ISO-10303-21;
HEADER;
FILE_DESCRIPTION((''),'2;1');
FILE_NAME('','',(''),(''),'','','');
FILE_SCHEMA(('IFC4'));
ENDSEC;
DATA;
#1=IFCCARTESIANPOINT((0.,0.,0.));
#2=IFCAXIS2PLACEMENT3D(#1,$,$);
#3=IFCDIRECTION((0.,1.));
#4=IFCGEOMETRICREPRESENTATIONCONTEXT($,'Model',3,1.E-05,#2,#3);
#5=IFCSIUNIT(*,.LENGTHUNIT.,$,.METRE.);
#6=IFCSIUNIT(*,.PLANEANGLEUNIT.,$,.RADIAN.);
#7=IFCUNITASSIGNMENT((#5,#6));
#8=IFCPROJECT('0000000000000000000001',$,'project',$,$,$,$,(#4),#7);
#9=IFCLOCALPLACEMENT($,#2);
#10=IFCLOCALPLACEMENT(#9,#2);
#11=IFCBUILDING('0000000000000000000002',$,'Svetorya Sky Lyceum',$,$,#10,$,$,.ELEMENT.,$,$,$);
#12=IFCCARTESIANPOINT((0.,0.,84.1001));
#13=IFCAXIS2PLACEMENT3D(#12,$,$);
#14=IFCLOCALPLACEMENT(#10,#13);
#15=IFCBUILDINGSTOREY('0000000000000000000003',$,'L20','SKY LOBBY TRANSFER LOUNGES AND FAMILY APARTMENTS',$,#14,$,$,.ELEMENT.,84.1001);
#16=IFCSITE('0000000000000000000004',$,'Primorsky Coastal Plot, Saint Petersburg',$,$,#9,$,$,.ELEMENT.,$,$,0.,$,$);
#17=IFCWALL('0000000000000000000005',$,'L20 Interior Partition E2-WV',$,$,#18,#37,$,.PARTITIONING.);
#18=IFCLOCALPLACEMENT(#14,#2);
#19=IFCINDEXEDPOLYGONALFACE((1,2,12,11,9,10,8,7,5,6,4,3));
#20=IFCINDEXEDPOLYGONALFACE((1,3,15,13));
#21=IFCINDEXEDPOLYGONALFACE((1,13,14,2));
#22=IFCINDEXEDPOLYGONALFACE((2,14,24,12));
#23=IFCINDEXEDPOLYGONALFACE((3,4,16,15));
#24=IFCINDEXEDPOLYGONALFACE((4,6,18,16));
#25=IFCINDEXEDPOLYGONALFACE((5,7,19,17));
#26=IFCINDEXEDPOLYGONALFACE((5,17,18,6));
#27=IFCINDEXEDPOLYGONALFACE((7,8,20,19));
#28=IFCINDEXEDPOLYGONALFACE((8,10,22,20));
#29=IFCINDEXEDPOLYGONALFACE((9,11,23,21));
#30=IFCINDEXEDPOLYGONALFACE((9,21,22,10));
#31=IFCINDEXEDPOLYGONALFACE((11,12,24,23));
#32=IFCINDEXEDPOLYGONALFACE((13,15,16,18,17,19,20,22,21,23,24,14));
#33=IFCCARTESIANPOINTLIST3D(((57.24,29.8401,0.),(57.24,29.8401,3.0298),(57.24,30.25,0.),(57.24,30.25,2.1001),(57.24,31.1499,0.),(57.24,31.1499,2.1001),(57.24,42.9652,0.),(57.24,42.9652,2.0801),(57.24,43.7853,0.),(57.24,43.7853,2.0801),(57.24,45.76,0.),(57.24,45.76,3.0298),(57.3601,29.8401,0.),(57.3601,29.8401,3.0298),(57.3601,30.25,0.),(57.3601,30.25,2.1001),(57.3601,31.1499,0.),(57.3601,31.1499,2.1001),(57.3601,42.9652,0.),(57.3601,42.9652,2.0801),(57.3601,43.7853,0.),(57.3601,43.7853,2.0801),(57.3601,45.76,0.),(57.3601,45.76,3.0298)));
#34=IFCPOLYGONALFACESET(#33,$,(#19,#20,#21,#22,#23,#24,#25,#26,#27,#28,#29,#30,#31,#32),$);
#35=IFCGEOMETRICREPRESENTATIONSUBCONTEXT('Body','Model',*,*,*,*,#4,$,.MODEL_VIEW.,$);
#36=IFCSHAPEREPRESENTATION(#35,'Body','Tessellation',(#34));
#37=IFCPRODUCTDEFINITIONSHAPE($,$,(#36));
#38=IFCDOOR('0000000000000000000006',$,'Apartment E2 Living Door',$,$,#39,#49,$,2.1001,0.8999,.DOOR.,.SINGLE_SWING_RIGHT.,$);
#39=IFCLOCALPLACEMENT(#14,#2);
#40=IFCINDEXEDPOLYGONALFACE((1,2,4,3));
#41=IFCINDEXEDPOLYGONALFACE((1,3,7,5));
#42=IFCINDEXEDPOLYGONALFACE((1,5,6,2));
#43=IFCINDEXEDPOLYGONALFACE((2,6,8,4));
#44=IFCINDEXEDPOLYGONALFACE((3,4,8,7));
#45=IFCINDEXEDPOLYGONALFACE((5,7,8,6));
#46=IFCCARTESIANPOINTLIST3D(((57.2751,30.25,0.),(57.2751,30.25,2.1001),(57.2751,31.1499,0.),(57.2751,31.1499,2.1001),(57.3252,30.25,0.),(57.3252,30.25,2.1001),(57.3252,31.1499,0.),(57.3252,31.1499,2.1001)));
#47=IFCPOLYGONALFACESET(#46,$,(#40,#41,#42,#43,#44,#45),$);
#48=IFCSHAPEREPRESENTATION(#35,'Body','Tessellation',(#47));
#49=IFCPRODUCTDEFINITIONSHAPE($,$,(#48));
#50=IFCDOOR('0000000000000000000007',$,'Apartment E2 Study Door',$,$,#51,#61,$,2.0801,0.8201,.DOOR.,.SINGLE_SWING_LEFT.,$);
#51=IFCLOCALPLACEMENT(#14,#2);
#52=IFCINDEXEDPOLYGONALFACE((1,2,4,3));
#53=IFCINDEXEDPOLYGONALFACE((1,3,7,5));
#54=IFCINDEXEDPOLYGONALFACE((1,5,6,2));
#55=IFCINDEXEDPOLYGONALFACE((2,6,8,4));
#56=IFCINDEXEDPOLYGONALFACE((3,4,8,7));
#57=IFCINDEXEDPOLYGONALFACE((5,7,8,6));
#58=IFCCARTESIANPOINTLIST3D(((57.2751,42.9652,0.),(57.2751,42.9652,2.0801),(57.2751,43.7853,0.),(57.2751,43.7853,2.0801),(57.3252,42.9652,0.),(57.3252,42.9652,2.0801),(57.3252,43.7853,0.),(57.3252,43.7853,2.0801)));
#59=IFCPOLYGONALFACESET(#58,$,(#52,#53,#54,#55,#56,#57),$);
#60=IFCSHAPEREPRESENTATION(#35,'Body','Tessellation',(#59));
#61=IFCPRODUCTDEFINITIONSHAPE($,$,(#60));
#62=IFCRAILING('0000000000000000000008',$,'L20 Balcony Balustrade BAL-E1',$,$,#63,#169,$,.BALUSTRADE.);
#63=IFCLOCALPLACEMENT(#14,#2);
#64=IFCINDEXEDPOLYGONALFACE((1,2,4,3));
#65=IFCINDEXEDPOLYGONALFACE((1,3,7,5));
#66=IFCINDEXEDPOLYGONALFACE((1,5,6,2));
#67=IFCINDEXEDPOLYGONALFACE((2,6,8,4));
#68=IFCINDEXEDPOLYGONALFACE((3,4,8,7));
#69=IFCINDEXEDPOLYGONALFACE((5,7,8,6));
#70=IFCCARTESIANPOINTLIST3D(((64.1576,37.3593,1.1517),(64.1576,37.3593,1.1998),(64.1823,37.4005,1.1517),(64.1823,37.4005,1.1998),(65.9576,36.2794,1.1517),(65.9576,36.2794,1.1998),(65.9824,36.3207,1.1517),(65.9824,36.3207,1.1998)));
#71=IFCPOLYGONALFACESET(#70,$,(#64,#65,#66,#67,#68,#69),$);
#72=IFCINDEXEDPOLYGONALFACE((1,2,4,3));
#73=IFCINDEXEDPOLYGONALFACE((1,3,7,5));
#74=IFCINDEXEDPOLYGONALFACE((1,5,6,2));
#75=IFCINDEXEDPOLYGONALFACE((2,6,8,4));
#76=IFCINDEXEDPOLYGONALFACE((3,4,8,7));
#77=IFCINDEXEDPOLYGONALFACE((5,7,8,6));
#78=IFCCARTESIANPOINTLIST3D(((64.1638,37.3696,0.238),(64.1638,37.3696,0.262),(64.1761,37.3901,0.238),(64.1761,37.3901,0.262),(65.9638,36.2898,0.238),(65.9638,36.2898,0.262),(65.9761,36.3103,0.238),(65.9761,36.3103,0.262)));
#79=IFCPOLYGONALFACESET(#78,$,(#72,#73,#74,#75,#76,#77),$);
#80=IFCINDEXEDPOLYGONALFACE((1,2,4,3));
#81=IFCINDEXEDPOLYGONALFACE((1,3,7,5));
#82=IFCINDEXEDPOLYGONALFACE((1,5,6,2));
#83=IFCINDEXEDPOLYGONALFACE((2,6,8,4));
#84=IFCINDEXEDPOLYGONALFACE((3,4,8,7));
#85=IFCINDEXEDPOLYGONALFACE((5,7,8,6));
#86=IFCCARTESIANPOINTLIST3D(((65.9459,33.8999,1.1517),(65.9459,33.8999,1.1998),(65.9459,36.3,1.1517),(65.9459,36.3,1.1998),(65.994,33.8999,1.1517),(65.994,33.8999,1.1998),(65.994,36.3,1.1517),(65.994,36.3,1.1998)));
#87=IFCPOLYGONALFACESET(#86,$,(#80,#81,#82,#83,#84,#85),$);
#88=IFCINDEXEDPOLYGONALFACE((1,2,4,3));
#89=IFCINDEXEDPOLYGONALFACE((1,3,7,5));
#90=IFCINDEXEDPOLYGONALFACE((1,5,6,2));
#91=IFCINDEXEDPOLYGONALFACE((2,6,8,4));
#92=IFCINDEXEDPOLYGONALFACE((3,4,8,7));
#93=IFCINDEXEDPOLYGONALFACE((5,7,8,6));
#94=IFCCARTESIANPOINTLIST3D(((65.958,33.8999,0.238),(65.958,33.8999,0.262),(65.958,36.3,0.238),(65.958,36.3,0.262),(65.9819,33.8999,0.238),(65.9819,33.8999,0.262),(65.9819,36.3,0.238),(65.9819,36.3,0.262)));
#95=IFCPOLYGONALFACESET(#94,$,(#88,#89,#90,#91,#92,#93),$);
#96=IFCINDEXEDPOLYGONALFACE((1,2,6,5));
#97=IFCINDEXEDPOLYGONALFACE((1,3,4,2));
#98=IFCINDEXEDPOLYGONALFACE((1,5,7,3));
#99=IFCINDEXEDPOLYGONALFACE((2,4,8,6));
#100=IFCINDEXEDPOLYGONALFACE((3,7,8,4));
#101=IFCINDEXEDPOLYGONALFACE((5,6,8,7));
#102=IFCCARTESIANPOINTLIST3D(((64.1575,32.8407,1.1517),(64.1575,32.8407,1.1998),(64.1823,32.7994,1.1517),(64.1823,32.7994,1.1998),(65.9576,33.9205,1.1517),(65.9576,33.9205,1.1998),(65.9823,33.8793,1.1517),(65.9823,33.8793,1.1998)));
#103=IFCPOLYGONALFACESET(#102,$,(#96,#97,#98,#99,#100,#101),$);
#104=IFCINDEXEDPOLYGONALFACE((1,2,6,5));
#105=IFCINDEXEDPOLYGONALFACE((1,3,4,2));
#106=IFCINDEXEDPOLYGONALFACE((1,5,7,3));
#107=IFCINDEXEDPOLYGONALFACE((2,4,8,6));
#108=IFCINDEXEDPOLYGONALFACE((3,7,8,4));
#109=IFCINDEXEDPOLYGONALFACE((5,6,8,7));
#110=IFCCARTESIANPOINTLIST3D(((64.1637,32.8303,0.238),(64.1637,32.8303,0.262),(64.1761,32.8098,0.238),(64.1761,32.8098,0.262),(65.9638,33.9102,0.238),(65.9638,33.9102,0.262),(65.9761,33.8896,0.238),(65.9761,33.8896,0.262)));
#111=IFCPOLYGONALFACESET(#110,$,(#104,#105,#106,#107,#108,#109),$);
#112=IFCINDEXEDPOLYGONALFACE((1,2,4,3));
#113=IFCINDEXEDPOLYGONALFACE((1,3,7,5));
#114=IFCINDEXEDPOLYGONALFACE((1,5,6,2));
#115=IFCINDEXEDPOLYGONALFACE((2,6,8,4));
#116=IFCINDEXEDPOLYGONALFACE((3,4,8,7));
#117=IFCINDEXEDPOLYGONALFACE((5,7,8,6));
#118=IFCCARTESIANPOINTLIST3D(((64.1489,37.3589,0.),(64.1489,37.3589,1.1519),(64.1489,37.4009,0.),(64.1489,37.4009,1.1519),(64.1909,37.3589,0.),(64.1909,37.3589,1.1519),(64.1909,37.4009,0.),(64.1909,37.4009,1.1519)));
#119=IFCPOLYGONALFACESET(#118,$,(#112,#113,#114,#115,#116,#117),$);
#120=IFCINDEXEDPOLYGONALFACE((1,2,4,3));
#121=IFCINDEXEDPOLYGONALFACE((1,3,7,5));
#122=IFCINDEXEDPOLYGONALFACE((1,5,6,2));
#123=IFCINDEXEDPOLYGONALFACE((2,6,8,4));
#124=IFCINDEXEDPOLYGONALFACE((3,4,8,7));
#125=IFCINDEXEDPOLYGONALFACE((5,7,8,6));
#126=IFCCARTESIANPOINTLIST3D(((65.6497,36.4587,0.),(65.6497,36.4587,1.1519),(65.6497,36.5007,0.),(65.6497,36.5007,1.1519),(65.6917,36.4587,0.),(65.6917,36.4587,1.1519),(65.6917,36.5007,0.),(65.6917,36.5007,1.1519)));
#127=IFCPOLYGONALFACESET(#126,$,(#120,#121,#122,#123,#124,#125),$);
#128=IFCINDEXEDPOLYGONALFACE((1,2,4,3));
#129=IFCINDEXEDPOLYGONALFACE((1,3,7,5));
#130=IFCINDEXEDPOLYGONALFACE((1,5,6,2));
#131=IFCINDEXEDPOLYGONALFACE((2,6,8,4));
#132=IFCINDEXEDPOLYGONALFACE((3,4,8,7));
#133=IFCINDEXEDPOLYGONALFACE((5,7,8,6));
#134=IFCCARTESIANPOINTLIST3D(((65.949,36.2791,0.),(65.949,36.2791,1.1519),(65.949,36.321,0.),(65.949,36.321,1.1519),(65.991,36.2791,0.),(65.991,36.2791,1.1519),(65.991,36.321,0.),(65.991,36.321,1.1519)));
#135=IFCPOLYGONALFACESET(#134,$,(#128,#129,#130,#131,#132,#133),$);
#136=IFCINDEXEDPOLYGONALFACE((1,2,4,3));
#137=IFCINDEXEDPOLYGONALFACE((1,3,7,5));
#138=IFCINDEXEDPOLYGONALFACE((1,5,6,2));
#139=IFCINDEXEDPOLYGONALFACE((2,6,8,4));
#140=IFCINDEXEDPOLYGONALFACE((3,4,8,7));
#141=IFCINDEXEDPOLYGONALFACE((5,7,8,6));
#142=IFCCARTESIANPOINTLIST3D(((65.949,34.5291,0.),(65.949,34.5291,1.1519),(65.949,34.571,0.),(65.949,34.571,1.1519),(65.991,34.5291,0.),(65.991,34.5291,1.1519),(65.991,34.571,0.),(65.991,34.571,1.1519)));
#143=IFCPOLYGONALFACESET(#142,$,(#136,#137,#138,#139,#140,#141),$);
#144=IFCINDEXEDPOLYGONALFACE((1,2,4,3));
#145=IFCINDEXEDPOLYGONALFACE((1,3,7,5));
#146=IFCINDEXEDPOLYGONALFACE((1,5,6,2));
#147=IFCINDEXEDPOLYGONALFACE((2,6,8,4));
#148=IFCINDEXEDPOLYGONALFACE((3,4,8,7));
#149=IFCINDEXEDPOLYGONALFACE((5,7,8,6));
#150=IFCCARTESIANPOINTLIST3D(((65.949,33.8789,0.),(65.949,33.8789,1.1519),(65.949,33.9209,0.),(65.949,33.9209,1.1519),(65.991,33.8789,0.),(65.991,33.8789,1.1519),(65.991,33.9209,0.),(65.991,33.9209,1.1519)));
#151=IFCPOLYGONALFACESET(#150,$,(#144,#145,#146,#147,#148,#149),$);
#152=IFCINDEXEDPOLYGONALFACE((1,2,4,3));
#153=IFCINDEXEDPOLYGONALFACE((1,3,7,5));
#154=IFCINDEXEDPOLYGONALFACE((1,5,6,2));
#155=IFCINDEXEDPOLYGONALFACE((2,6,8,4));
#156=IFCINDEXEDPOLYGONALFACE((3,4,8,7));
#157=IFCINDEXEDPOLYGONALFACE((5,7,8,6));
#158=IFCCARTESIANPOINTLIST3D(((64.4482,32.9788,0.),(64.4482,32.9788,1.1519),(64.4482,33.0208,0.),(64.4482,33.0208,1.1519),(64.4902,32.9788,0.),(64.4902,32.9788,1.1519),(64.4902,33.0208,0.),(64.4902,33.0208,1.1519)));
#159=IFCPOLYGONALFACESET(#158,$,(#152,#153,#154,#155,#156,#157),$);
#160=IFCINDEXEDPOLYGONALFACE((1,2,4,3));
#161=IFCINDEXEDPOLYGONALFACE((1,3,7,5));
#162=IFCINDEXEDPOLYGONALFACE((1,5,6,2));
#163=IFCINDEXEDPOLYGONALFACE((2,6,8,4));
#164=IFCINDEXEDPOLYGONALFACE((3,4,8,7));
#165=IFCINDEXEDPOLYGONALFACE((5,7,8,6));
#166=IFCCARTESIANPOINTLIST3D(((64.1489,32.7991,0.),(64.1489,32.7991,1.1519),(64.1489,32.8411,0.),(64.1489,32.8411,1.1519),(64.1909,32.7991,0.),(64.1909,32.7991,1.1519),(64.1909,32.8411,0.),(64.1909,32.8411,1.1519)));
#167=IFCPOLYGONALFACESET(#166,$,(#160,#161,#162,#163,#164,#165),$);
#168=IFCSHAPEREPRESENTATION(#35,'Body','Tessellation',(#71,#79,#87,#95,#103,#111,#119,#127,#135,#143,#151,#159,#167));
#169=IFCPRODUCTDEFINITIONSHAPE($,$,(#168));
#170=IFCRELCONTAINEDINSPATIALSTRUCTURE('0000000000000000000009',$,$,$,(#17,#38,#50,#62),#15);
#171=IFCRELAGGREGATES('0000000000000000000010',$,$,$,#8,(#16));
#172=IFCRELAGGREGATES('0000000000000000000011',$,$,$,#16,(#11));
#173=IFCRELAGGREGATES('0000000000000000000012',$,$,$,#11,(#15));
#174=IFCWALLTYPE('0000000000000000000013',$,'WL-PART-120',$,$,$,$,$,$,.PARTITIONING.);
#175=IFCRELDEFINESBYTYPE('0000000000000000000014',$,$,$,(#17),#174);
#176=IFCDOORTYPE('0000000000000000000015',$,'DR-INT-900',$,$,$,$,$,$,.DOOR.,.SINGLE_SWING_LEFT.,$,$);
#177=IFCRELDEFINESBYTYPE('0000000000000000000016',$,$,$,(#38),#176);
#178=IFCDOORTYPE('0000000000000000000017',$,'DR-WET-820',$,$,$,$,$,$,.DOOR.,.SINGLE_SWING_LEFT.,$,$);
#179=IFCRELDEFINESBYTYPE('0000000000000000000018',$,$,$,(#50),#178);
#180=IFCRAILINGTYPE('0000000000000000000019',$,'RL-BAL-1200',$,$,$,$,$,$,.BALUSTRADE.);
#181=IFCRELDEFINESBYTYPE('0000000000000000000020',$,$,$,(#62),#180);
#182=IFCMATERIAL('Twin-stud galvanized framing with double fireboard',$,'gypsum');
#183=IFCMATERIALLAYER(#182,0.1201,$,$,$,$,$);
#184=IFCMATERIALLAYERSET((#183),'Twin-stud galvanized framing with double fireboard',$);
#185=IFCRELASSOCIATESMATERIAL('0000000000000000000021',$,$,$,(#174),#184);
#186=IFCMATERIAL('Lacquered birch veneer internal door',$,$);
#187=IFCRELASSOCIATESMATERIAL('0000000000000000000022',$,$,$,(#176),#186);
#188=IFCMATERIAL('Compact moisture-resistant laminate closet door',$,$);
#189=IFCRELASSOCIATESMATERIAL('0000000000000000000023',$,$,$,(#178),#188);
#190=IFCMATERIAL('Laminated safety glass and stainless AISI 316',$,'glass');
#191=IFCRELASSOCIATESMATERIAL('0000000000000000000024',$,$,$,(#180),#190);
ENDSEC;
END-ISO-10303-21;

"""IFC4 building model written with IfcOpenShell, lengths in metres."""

from ifc_helpers import new_model, si_unit, direction, frame, frame_2d, origin, origin_2d, place, context, subcontext, project, spatial, rectangle, extrude, material, layer, layer_set, type_object, element, fill, save


model = new_model("IFC4")

# Units and contexts
model_context = context("Model", 3, precision=1e-05, world=origin(), true_north=direction((0.0, 1.0)))
body_context = subcontext(model_context, "Body", "Model", "MODEL_VIEW")
ifc_project = project(units=[si_unit("LENGTHUNIT", "METRE"), si_unit("PLANEANGLEUNIT", "RADIAN")], contexts=[model_context])

# Site, building, storey
site_placement = place(None, origin())
site = spatial("IfcSite", under=ifc_project, at=site_placement, Name="Primorsky Coastal Plot, Saint Petersburg", CompositionType="ELEMENT", RefElevation=0.0)
building_placement = place(site_placement, origin())
building = spatial("IfcBuilding", under=site, at=building_placement, Name="Svetorya Sky Lyceum", CompositionType="ELEMENT")
storey_placement = place(building_placement, frame((0.0, 0.0, 84.1001)))
storey = spatial("IfcBuildingStorey", under=building, at=storey_placement, Name="L20", Description="SKY LOBBY TRANSFER LOUNGES AND FAMILY APARTMENTS", CompositionType="ELEMENT", Elevation=84.1001)

# Shared definitions
ifc_material_1 = material(Name="Twin-stud galvanized framing with double fireboard", Category="gypsum")
ifc_layer_1 = layer(ifc_material_1, 0.1201)
ifc_layer_set_1 = layer_set([ifc_layer_1], Name="Twin-stud galvanized framing with double fireboard")
wall_type_1 = type_object("IfcWallType", Name="WL-PART-120", PredefinedType="PARTITIONING", material=ifc_layer_set_1)
ifc_material_2 = material(Name="Lacquered birch veneer internal door")
door_type_1 = type_object("IfcDoorType", Name="DR-INT-900", OperationType="SINGLE_SWING_LEFT", PredefinedType="DOOR", material=ifc_material_2)

# Wall, openings, doors
wall_1_placement = place(storey_placement, frame((57.3, 29.8401, 0.0), z_axis=(0.0, 0.0, 1.0), x_axis=(0.0, 1.0, 0.0)))
wall_1 = element("IfcWall", 1, at=wall_1_placement, inside=storey, type_object=wall_type_1, Name="L20 Interior Partition E2-WV", PredefinedType="PARTITIONING", context=body_context, shape_type="SweptSolid", body=[
    extrude(rectangle(XDim=15.9199, YDim=0.1201, at=frame_2d((7.96, 0.0))), origin(), (0.0, 0.0, 1.0), 3.0298),
])
opening_1_placement = place(wall_1_placement, frame((0.4099, 0.0, 0.0)))
opening_1 = element("IfcOpeningElement", 2, at=opening_1_placement, cuts=wall_1, PredefinedType="OPENING", context=body_context, shape_type="SweptSolid", body=[
    extrude(rectangle(XDim=0.8999, YDim=2.1001, at=frame_2d((0.45, 1.05))), frame((0.0, 0.0701, 0.0), z_axis=(0.0, -1.0, 0.0), x_axis=(1.0, 0.0, 0.0)), (0.0, 0.0, 1.0), 0.1401),
])
opening_2_placement = place(wall_1_placement, frame((13.125, 0.0, 0.0)))
opening_2 = element("IfcOpeningElement", 3, at=opening_2_placement, cuts=wall_1, PredefinedType="OPENING", context=body_context, shape_type="SweptSolid", body=[
    extrude(rectangle(XDim=0.8201, YDim=2.0801, at=frame_2d((0.4102, 1.04))), frame((0.0, 0.0701, 0.0), z_axis=(0.0, -1.0, 0.0), x_axis=(1.0, 0.0, 0.0)), (0.0, 0.0, 1.0), 0.1401),
])
door_1_placement = place(opening_1_placement, origin())
door_1 = element("IfcDoor", 4, at=door_1_placement, inside=storey, type_object=door_type_1, Name="Apartment E2 Living Door", OperationType="SINGLE_SWING_RIGHT", OverallHeight=2.1001, OverallWidth=0.8999, PredefinedType="DOOR", context=body_context, shape_type="SweptSolid", body=[
    extrude(rectangle(XDim=0.8999, YDim=2.1001, at=frame_2d((0.45, 1.05))), frame((0.0, 0.0249, 0.0), z_axis=(0.0, -1.0, 0.0), x_axis=(1.0, 0.0, 0.0)), (0.0, 0.0, 1.0), 0.05),
])
fill(opening_1, door_1)
ifc_material_3 = material(Name="Compact moisture-resistant laminate closet door")
door_type_2 = type_object("IfcDoorType", Name="DR-WET-820", OperationType="SINGLE_SWING_LEFT", PredefinedType="DOOR", material=ifc_material_3)
door_2_placement = place(opening_2_placement, origin())
door_2 = element("IfcDoor", 5, at=door_2_placement, inside=storey, type_object=door_type_2, Name="Apartment E2 Study Door", OperationType="SINGLE_SWING_LEFT", OverallHeight=2.0801, OverallWidth=0.8201, PredefinedType="DOOR", context=body_context, shape_type="SweptSolid", body=[
    extrude(rectangle(XDim=0.8201, YDim=2.0801, at=frame_2d((0.4102, 1.04))), frame((0.0, 0.0249, 0.0), z_axis=(0.0, -1.0, 0.0), x_axis=(1.0, 0.0, 0.0)), (0.0, 0.0, 1.0), 0.05),
])
fill(opening_2, door_2)

# Railing
ifc_material_4 = material(Name="Laminated safety glass and stainless AISI 316", Category="glass")
railing_type = type_object("IfcRailingType", Name="RL-BAL-1200", PredefinedType="BALUSTRADE", material=ifc_material_4)
railing_placement = place(storey_placement, frame((64.1699, 37.3799, 0.0)))
element("IfcRailing", 6, at=railing_placement, inside=storey, type_object=railing_type, Name="L20 Balcony Balustrade BAL-E1", PredefinedType="BALUSTRADE", context=body_context, shape_type="SweptSolid", body=[
    extrude(rectangle(XDim=0.0481, YDim=0.0481, at=origin_2d()), frame((0.0, 0.0, 1.1758), z_axis=(0.857534, -0.514427, 0.0), x_axis=(0.514427, 0.857534, 0.0)), (0.0, 0.0, 1.0), 2.0991),
    extrude(rectangle(XDim=0.0239, YDim=0.0239, at=origin_2d()), frame((0.0, 0.0, 0.25), z_axis=(0.857534, -0.514427, 0.0), x_axis=(0.514427, 0.857534, 0.0)), (0.0, 0.0, 1.0), 2.0991),
    extrude(rectangle(XDim=0.0481, YDim=0.0481, at=origin_2d()), frame((1.8, -1.0798, 1.1758), z_axis=(0.0, -1.0, 0.0), x_axis=(1.0, 0.0, 0.0)), (0.0, 0.0, 1.0), 2.4001),
    extrude(rectangle(XDim=0.0239, YDim=0.0239, at=origin_2d()), frame((1.8, -1.0798, 0.25), z_axis=(0.0, -1.0, 0.0), x_axis=(1.0, 0.0, 0.0)), (0.0, 0.0, 1.0), 2.4001),
    extrude(rectangle(XDim=0.0481, YDim=0.0481, at=origin_2d()), frame((1.8, -3.48, 1.1758), z_axis=(-0.857534, -0.514427, 0.0), x_axis=(0.514427, -0.857534, 0.0)), (0.0, 0.0, 1.0), 2.0991),
    extrude(rectangle(XDim=0.0239, YDim=0.0239, at=origin_2d()), frame((1.8, -3.48, 0.25), z_axis=(-0.857534, -0.514427, 0.0), x_axis=(0.514427, -0.857534, 0.0)), (0.0, 0.0, 1.0), 2.0991),
    extrude(rectangle(XDim=0.042, YDim=0.042, at=origin_2d()), origin(), (0.0, 0.0, 1.0), 1.1519),
    extrude(rectangle(XDim=0.042, YDim=0.042, at=origin_2d()), frame((1.5007, -0.9001, 0.0)), (0.0, 0.0, 1.0), 1.1519),
    extrude(rectangle(XDim=0.042, YDim=0.042, at=origin_2d()), frame((1.8, -1.0798, 0.0)), (0.0, 0.0, 1.0), 1.1519),
    extrude(rectangle(XDim=0.042, YDim=0.042, at=origin_2d()), frame((1.8, -2.8298, 0.0)), (0.0, 0.0, 1.0), 1.1519),
    extrude(rectangle(XDim=0.042, YDim=0.042, at=origin_2d()), frame((1.8, -3.48, 0.0)), (0.0, 0.0, 1.0), 1.1519),
    extrude(rectangle(XDim=0.042, YDim=0.042, at=origin_2d()), frame((0.2993, -4.3801, 0.0)), (0.0, 0.0, 1.0), 1.1519),
    extrude(rectangle(XDim=0.042, YDim=0.042, at=origin_2d()), frame((0.0, -4.5598, 0.0)), (0.0, 0.0, 1.0), 1.1519),
])

save(model, "model.ifc")
